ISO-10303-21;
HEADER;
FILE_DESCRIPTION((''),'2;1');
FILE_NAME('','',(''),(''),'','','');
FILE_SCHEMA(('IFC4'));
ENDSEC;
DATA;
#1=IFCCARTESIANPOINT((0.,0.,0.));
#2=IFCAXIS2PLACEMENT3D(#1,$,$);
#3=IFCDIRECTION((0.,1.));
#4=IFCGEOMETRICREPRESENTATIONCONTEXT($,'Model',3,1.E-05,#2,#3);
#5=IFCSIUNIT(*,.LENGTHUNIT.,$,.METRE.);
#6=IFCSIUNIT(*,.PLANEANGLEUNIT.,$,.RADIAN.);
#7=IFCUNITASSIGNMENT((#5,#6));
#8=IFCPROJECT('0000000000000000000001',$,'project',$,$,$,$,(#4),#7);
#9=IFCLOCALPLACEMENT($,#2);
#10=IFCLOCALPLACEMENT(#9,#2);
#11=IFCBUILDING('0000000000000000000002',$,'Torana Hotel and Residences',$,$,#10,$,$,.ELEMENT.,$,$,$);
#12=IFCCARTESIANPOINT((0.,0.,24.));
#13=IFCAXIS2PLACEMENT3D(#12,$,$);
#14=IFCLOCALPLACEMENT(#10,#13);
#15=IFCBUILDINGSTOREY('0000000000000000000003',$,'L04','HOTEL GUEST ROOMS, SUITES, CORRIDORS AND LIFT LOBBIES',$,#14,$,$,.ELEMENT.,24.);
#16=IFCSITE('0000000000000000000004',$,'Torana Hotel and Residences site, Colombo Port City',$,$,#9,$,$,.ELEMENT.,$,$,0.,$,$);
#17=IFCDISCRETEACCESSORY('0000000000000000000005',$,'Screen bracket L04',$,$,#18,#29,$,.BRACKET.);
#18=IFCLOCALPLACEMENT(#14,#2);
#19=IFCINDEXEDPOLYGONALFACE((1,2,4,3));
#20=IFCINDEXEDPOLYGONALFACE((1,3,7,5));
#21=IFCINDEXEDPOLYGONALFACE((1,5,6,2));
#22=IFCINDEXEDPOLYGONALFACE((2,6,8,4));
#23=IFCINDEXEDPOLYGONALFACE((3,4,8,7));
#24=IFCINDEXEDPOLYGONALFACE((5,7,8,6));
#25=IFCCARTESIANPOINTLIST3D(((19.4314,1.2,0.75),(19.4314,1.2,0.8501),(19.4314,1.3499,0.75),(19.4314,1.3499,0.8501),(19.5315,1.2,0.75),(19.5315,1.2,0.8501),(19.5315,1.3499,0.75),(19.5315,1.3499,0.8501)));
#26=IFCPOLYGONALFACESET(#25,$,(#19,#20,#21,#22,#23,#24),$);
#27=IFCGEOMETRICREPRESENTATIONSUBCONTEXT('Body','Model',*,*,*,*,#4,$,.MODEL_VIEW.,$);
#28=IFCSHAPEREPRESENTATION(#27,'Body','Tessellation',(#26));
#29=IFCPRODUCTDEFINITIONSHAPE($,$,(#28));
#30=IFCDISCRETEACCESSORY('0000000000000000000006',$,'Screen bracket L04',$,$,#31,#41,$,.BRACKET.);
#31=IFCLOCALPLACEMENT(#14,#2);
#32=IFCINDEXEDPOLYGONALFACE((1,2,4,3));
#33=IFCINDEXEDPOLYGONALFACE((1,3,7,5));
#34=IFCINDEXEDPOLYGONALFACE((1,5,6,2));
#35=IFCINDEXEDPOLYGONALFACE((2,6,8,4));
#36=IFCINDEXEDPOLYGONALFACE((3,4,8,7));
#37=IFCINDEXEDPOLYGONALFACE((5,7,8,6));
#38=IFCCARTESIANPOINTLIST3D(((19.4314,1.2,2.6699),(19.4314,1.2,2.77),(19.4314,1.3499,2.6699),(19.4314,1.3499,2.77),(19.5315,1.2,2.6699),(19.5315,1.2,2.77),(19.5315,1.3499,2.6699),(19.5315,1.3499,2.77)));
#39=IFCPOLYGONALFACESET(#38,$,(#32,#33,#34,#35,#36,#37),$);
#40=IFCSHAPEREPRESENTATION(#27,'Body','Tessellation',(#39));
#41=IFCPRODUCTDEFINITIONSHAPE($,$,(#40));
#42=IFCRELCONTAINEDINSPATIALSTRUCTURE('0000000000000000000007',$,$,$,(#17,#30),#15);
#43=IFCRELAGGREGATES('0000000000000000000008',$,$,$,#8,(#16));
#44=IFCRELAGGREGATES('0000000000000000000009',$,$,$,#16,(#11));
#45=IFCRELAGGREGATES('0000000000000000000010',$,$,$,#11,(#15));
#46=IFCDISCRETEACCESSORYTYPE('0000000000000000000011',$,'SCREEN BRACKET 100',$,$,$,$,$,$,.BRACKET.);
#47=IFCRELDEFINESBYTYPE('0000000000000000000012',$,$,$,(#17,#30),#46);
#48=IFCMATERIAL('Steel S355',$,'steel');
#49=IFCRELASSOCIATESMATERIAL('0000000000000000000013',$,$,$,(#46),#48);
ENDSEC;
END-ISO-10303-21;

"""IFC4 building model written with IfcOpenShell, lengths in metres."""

from ifc_helpers import new_model, si_unit, direction, frame, origin, origin_2d, place, context, subcontext, project, spatial, rectangle, extrude, material, type_object, element, save


model = new_model("IFC4")

# Units and contexts
model_context = context("Model", 3, precision=1e-05, world=origin(), true_north=direction((0.0, 1.0)))
body_context = subcontext(model_context, "Body", "Model", "MODEL_VIEW")
ifc_project = project(units=[si_unit("LENGTHUNIT", "METRE"), si_unit("PLANEANGLEUNIT", "RADIAN")], contexts=[model_context])

# Site, building, storey
site_placement = place(None, origin())
site = spatial("IfcSite", under=ifc_project, at=site_placement, Name="Torana Hotel and Residences site, Colombo Port City", CompositionType="ELEMENT", RefElevation=0.0)
building_placement = place(site_placement, origin())
building = spatial("IfcBuilding", under=site, at=building_placement, Name="Torana Hotel and Residences", CompositionType="ELEMENT")
storey_placement = place(building_placement, frame((0.0, 0.0, 24.0)))
storey = spatial("IfcBuildingStorey", under=building, at=storey_placement, Name="L04", Description="HOTEL GUEST ROOMS, SUITES, CORRIDORS AND LIFT LOBBIES", CompositionType="ELEMENT", Elevation=24.0)

# Discrete accessories
ifc_material_1 = material(Name="Steel S355", Category="steel")
discrete_accessory_type = type_object("IfcDiscreteAccessoryType", Name="SCREEN BRACKET 100", PredefinedType="BRACKET", material=ifc_material_1)
for number, where, z_axis, x_axis, name in (
    (1, (19.4814, 1.2749, 0.75), (0.0, 0.0, 1.0), (-1.0, 0.0, 0.0), "Screen bracket L04"),
    (2, (19.4814, 1.2749, 2.6699), (0.0, 0.0, 1.0), (-1.0, 0.0, 0.0), "Screen bracket L04"),
):
    element("IfcDiscreteAccessory", number, at=place(storey_placement, frame(where, z_axis=z_axis, x_axis=x_axis)), inside=storey, type_object=discrete_accessory_type, Name=name, PredefinedType="BRACKET", context=body_context, shape_type="SweptSolid", body=[
        extrude(rectangle(XDim=0.1001, YDim=0.1499, at=origin_2d()), origin(), (0.0, 0.0, 1.0), 0.1001),
    ])

save(model, "model.ifc")
